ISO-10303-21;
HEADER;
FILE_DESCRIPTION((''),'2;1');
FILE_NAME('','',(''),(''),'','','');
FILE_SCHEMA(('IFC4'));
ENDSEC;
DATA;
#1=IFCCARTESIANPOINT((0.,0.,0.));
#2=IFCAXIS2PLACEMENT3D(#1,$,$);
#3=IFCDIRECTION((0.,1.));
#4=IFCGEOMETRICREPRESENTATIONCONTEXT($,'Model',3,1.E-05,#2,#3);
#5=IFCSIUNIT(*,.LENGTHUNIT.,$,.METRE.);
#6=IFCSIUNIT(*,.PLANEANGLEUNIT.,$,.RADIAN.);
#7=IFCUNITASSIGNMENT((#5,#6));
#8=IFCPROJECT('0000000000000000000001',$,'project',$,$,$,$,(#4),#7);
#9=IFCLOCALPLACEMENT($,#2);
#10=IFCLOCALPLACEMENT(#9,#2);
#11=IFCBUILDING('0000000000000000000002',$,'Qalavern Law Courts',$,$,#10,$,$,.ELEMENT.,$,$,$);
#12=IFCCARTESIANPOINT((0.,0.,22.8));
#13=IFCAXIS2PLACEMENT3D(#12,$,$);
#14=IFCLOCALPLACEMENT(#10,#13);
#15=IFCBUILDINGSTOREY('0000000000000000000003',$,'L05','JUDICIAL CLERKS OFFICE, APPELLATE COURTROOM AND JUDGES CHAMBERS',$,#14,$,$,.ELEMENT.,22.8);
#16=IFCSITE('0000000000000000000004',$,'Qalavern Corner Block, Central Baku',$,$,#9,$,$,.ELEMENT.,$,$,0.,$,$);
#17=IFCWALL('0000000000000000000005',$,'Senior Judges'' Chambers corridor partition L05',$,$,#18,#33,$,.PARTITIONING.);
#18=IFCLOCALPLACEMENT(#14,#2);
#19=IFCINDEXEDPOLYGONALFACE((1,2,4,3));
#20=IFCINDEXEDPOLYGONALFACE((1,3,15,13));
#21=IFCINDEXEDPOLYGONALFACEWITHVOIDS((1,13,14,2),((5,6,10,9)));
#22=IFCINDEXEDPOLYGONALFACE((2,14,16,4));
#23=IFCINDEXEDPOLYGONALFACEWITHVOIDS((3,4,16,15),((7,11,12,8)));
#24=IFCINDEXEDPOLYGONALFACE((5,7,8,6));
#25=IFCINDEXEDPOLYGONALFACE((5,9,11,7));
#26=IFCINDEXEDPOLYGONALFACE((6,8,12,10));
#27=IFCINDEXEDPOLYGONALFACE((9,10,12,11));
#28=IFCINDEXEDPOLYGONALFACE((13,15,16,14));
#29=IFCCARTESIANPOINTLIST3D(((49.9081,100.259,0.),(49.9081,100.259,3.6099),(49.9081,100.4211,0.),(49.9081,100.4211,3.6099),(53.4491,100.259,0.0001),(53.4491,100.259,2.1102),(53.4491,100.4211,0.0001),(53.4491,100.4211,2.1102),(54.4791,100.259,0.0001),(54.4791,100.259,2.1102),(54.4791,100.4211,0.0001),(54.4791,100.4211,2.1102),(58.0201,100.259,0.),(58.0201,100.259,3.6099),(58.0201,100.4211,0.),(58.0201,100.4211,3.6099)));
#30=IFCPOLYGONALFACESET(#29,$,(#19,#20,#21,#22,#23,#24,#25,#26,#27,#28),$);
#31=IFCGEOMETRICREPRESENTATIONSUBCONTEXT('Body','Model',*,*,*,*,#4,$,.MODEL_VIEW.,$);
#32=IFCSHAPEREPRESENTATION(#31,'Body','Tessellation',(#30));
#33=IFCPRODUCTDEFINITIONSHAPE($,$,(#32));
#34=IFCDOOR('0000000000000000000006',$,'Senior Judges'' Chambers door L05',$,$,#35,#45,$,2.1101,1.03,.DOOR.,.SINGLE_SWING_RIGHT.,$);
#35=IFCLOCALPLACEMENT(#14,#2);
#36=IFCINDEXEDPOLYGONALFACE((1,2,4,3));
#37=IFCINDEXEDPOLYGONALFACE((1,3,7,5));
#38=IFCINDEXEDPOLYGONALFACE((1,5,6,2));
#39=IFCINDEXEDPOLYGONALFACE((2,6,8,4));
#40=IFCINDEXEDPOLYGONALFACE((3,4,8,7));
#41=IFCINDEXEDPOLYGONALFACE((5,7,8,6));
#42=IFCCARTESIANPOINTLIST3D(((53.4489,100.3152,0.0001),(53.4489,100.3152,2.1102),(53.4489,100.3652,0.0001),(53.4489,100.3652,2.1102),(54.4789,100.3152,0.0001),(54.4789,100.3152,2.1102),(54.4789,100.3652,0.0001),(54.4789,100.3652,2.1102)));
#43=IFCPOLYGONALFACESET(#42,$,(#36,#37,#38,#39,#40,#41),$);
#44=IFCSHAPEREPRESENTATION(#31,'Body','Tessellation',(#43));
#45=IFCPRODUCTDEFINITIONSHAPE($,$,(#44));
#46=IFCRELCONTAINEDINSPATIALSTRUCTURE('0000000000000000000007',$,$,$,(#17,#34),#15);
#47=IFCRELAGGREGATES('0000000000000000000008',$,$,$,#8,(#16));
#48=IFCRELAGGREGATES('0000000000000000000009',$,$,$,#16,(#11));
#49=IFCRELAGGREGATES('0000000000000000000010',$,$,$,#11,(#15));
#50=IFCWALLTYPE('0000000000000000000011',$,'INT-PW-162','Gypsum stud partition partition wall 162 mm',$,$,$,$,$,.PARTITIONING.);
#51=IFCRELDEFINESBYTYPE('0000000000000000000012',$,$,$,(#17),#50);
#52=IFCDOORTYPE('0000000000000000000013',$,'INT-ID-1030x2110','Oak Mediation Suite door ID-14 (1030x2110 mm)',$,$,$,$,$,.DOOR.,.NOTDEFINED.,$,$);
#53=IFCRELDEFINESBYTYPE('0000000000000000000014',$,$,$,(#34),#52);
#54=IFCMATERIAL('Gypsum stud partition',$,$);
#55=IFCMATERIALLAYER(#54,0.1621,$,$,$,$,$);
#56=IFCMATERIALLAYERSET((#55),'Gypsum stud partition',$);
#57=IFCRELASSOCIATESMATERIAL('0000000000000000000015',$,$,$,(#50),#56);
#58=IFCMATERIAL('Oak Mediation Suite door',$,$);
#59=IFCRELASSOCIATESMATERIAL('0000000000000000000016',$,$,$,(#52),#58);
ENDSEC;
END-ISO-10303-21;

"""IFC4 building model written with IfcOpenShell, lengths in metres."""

from ifc_helpers import new_model, si_unit, direction, frame, frame_2d, origin, place, context, subcontext, project, spatial, rectangle, extrude, material, layer, layer_set, type_object, element, fill, save


model = new_model("IFC4")

# Units and contexts
model_context = context("Model", 3, precision=1e-05, world=origin(), true_north=direction((0.0, 1.0)))
body_context = subcontext(model_context, "Body", "Model", "MODEL_VIEW")
ifc_project = project(units=[si_unit("LENGTHUNIT", "METRE"), si_unit("PLANEANGLEUNIT", "RADIAN")], contexts=[model_context])

# Site, building, storey
site_placement = place(None, origin())
site = spatial("IfcSite", under=ifc_project, at=site_placement, Name="Qalavern Corner Block, Central Baku", CompositionType="ELEMENT", RefElevation=0.0)
building_placement = place(site_placement, origin())
building = spatial("IfcBuilding", under=site, at=building_placement, Name="Qalavern Law Courts", CompositionType="ELEMENT")
storey_placement = place(building_placement, frame((0.0, 0.0, 22.8)))
storey = spatial("IfcBuildingStorey", under=building, at=storey_placement, Name="L05", Description="JUDICIAL CLERKS OFFICE, APPELLATE COURTROOM AND JUDGES CHAMBERS", CompositionType="ELEMENT", Elevation=22.8)

# Wall, opening, door
ifc_material_1 = material(Name="Gypsum stud partition")
ifc_layer_1 = layer(ifc_material_1, 0.1621)
ifc_layer_set_1 = layer_set([ifc_layer_1], Name="Gypsum stud partition")
wall_type_1 = type_object("IfcWallType", Name="INT-PW-162", Description="Gypsum stud partition partition wall 162 mm", PredefinedType="PARTITIONING", material=ifc_layer_set_1)
wall_1_placement = place(storey_placement, frame((49.908, 100.3401, 0.0), z_axis=(0.0, 0.0, 1.0), x_axis=(1.0, 0.0, 0.0)))
wall_1 = element("IfcWall", 1, at=wall_1_placement, inside=storey, type_object=wall_type_1, Name="Senior Judges' Chambers corridor partition L05", PredefinedType="PARTITIONING", context=body_context, shape_type="SweptSolid", body=[
    extrude(rectangle(XDim=8.1121, YDim=0.1621, at=frame_2d((4.0562, 0.0))), origin(), (0.0, 0.0, 1.0), 3.6099),
])
opening_1_placement = place(wall_1_placement, frame((3.541, 0.0, 0.0)))
opening_1 = element("IfcOpeningElement", 2, at=opening_1_placement, cuts=wall_1, PredefinedType="OPENING", context=body_context, shape_type="SweptSolid", body=[
    extrude(rectangle(XDim=1.03, YDim=2.1101, at=frame_2d((0.5151, 1.0552))), frame((0.0, 0.0959, 0.0), z_axis=(0.0, -1.0, 0.0), x_axis=(1.0, 0.0, 0.0)), (0.0, 0.0, 1.0), 0.1919),
])
ifc_material_2 = material(Name="Oak Mediation Suite door")
door_type_1 = type_object("IfcDoorType", Name="INT-ID-1030x2110", Description="Oak Mediation Suite door ID-14 (1030x2110 mm)", OperationType="NOTDEFINED", PredefinedType="DOOR", material=ifc_material_2)
door_1_placement = place(opening_1_placement, frame((1.03, 0.0, 0.0), z_axis=(0.0, 0.0, 1.0), x_axis=(-1.0, 0.0, 0.0)))
door_1 = element("IfcDoor", 3, at=door_1_placement, inside=storey, type_object=door_type_1, Name="Senior Judges' Chambers door L05", OperationType="SINGLE_SWING_RIGHT", OverallHeight=2.1101, OverallWidth=1.03, PredefinedType="DOOR", context=body_context, shape_type="SweptSolid", body=[
    extrude(rectangle(XDim=1.03, YDim=2.1101, at=frame_2d((0.5151, 1.0552))), frame((0.0, 0.0249, 0.0), z_axis=(0.0, -1.0, 0.0), x_axis=(1.0, 0.0, 0.0)), (0.0, 0.0, 1.0), 0.05),
])
fill(opening_1, door_1)

save(model, "model.ifc")
